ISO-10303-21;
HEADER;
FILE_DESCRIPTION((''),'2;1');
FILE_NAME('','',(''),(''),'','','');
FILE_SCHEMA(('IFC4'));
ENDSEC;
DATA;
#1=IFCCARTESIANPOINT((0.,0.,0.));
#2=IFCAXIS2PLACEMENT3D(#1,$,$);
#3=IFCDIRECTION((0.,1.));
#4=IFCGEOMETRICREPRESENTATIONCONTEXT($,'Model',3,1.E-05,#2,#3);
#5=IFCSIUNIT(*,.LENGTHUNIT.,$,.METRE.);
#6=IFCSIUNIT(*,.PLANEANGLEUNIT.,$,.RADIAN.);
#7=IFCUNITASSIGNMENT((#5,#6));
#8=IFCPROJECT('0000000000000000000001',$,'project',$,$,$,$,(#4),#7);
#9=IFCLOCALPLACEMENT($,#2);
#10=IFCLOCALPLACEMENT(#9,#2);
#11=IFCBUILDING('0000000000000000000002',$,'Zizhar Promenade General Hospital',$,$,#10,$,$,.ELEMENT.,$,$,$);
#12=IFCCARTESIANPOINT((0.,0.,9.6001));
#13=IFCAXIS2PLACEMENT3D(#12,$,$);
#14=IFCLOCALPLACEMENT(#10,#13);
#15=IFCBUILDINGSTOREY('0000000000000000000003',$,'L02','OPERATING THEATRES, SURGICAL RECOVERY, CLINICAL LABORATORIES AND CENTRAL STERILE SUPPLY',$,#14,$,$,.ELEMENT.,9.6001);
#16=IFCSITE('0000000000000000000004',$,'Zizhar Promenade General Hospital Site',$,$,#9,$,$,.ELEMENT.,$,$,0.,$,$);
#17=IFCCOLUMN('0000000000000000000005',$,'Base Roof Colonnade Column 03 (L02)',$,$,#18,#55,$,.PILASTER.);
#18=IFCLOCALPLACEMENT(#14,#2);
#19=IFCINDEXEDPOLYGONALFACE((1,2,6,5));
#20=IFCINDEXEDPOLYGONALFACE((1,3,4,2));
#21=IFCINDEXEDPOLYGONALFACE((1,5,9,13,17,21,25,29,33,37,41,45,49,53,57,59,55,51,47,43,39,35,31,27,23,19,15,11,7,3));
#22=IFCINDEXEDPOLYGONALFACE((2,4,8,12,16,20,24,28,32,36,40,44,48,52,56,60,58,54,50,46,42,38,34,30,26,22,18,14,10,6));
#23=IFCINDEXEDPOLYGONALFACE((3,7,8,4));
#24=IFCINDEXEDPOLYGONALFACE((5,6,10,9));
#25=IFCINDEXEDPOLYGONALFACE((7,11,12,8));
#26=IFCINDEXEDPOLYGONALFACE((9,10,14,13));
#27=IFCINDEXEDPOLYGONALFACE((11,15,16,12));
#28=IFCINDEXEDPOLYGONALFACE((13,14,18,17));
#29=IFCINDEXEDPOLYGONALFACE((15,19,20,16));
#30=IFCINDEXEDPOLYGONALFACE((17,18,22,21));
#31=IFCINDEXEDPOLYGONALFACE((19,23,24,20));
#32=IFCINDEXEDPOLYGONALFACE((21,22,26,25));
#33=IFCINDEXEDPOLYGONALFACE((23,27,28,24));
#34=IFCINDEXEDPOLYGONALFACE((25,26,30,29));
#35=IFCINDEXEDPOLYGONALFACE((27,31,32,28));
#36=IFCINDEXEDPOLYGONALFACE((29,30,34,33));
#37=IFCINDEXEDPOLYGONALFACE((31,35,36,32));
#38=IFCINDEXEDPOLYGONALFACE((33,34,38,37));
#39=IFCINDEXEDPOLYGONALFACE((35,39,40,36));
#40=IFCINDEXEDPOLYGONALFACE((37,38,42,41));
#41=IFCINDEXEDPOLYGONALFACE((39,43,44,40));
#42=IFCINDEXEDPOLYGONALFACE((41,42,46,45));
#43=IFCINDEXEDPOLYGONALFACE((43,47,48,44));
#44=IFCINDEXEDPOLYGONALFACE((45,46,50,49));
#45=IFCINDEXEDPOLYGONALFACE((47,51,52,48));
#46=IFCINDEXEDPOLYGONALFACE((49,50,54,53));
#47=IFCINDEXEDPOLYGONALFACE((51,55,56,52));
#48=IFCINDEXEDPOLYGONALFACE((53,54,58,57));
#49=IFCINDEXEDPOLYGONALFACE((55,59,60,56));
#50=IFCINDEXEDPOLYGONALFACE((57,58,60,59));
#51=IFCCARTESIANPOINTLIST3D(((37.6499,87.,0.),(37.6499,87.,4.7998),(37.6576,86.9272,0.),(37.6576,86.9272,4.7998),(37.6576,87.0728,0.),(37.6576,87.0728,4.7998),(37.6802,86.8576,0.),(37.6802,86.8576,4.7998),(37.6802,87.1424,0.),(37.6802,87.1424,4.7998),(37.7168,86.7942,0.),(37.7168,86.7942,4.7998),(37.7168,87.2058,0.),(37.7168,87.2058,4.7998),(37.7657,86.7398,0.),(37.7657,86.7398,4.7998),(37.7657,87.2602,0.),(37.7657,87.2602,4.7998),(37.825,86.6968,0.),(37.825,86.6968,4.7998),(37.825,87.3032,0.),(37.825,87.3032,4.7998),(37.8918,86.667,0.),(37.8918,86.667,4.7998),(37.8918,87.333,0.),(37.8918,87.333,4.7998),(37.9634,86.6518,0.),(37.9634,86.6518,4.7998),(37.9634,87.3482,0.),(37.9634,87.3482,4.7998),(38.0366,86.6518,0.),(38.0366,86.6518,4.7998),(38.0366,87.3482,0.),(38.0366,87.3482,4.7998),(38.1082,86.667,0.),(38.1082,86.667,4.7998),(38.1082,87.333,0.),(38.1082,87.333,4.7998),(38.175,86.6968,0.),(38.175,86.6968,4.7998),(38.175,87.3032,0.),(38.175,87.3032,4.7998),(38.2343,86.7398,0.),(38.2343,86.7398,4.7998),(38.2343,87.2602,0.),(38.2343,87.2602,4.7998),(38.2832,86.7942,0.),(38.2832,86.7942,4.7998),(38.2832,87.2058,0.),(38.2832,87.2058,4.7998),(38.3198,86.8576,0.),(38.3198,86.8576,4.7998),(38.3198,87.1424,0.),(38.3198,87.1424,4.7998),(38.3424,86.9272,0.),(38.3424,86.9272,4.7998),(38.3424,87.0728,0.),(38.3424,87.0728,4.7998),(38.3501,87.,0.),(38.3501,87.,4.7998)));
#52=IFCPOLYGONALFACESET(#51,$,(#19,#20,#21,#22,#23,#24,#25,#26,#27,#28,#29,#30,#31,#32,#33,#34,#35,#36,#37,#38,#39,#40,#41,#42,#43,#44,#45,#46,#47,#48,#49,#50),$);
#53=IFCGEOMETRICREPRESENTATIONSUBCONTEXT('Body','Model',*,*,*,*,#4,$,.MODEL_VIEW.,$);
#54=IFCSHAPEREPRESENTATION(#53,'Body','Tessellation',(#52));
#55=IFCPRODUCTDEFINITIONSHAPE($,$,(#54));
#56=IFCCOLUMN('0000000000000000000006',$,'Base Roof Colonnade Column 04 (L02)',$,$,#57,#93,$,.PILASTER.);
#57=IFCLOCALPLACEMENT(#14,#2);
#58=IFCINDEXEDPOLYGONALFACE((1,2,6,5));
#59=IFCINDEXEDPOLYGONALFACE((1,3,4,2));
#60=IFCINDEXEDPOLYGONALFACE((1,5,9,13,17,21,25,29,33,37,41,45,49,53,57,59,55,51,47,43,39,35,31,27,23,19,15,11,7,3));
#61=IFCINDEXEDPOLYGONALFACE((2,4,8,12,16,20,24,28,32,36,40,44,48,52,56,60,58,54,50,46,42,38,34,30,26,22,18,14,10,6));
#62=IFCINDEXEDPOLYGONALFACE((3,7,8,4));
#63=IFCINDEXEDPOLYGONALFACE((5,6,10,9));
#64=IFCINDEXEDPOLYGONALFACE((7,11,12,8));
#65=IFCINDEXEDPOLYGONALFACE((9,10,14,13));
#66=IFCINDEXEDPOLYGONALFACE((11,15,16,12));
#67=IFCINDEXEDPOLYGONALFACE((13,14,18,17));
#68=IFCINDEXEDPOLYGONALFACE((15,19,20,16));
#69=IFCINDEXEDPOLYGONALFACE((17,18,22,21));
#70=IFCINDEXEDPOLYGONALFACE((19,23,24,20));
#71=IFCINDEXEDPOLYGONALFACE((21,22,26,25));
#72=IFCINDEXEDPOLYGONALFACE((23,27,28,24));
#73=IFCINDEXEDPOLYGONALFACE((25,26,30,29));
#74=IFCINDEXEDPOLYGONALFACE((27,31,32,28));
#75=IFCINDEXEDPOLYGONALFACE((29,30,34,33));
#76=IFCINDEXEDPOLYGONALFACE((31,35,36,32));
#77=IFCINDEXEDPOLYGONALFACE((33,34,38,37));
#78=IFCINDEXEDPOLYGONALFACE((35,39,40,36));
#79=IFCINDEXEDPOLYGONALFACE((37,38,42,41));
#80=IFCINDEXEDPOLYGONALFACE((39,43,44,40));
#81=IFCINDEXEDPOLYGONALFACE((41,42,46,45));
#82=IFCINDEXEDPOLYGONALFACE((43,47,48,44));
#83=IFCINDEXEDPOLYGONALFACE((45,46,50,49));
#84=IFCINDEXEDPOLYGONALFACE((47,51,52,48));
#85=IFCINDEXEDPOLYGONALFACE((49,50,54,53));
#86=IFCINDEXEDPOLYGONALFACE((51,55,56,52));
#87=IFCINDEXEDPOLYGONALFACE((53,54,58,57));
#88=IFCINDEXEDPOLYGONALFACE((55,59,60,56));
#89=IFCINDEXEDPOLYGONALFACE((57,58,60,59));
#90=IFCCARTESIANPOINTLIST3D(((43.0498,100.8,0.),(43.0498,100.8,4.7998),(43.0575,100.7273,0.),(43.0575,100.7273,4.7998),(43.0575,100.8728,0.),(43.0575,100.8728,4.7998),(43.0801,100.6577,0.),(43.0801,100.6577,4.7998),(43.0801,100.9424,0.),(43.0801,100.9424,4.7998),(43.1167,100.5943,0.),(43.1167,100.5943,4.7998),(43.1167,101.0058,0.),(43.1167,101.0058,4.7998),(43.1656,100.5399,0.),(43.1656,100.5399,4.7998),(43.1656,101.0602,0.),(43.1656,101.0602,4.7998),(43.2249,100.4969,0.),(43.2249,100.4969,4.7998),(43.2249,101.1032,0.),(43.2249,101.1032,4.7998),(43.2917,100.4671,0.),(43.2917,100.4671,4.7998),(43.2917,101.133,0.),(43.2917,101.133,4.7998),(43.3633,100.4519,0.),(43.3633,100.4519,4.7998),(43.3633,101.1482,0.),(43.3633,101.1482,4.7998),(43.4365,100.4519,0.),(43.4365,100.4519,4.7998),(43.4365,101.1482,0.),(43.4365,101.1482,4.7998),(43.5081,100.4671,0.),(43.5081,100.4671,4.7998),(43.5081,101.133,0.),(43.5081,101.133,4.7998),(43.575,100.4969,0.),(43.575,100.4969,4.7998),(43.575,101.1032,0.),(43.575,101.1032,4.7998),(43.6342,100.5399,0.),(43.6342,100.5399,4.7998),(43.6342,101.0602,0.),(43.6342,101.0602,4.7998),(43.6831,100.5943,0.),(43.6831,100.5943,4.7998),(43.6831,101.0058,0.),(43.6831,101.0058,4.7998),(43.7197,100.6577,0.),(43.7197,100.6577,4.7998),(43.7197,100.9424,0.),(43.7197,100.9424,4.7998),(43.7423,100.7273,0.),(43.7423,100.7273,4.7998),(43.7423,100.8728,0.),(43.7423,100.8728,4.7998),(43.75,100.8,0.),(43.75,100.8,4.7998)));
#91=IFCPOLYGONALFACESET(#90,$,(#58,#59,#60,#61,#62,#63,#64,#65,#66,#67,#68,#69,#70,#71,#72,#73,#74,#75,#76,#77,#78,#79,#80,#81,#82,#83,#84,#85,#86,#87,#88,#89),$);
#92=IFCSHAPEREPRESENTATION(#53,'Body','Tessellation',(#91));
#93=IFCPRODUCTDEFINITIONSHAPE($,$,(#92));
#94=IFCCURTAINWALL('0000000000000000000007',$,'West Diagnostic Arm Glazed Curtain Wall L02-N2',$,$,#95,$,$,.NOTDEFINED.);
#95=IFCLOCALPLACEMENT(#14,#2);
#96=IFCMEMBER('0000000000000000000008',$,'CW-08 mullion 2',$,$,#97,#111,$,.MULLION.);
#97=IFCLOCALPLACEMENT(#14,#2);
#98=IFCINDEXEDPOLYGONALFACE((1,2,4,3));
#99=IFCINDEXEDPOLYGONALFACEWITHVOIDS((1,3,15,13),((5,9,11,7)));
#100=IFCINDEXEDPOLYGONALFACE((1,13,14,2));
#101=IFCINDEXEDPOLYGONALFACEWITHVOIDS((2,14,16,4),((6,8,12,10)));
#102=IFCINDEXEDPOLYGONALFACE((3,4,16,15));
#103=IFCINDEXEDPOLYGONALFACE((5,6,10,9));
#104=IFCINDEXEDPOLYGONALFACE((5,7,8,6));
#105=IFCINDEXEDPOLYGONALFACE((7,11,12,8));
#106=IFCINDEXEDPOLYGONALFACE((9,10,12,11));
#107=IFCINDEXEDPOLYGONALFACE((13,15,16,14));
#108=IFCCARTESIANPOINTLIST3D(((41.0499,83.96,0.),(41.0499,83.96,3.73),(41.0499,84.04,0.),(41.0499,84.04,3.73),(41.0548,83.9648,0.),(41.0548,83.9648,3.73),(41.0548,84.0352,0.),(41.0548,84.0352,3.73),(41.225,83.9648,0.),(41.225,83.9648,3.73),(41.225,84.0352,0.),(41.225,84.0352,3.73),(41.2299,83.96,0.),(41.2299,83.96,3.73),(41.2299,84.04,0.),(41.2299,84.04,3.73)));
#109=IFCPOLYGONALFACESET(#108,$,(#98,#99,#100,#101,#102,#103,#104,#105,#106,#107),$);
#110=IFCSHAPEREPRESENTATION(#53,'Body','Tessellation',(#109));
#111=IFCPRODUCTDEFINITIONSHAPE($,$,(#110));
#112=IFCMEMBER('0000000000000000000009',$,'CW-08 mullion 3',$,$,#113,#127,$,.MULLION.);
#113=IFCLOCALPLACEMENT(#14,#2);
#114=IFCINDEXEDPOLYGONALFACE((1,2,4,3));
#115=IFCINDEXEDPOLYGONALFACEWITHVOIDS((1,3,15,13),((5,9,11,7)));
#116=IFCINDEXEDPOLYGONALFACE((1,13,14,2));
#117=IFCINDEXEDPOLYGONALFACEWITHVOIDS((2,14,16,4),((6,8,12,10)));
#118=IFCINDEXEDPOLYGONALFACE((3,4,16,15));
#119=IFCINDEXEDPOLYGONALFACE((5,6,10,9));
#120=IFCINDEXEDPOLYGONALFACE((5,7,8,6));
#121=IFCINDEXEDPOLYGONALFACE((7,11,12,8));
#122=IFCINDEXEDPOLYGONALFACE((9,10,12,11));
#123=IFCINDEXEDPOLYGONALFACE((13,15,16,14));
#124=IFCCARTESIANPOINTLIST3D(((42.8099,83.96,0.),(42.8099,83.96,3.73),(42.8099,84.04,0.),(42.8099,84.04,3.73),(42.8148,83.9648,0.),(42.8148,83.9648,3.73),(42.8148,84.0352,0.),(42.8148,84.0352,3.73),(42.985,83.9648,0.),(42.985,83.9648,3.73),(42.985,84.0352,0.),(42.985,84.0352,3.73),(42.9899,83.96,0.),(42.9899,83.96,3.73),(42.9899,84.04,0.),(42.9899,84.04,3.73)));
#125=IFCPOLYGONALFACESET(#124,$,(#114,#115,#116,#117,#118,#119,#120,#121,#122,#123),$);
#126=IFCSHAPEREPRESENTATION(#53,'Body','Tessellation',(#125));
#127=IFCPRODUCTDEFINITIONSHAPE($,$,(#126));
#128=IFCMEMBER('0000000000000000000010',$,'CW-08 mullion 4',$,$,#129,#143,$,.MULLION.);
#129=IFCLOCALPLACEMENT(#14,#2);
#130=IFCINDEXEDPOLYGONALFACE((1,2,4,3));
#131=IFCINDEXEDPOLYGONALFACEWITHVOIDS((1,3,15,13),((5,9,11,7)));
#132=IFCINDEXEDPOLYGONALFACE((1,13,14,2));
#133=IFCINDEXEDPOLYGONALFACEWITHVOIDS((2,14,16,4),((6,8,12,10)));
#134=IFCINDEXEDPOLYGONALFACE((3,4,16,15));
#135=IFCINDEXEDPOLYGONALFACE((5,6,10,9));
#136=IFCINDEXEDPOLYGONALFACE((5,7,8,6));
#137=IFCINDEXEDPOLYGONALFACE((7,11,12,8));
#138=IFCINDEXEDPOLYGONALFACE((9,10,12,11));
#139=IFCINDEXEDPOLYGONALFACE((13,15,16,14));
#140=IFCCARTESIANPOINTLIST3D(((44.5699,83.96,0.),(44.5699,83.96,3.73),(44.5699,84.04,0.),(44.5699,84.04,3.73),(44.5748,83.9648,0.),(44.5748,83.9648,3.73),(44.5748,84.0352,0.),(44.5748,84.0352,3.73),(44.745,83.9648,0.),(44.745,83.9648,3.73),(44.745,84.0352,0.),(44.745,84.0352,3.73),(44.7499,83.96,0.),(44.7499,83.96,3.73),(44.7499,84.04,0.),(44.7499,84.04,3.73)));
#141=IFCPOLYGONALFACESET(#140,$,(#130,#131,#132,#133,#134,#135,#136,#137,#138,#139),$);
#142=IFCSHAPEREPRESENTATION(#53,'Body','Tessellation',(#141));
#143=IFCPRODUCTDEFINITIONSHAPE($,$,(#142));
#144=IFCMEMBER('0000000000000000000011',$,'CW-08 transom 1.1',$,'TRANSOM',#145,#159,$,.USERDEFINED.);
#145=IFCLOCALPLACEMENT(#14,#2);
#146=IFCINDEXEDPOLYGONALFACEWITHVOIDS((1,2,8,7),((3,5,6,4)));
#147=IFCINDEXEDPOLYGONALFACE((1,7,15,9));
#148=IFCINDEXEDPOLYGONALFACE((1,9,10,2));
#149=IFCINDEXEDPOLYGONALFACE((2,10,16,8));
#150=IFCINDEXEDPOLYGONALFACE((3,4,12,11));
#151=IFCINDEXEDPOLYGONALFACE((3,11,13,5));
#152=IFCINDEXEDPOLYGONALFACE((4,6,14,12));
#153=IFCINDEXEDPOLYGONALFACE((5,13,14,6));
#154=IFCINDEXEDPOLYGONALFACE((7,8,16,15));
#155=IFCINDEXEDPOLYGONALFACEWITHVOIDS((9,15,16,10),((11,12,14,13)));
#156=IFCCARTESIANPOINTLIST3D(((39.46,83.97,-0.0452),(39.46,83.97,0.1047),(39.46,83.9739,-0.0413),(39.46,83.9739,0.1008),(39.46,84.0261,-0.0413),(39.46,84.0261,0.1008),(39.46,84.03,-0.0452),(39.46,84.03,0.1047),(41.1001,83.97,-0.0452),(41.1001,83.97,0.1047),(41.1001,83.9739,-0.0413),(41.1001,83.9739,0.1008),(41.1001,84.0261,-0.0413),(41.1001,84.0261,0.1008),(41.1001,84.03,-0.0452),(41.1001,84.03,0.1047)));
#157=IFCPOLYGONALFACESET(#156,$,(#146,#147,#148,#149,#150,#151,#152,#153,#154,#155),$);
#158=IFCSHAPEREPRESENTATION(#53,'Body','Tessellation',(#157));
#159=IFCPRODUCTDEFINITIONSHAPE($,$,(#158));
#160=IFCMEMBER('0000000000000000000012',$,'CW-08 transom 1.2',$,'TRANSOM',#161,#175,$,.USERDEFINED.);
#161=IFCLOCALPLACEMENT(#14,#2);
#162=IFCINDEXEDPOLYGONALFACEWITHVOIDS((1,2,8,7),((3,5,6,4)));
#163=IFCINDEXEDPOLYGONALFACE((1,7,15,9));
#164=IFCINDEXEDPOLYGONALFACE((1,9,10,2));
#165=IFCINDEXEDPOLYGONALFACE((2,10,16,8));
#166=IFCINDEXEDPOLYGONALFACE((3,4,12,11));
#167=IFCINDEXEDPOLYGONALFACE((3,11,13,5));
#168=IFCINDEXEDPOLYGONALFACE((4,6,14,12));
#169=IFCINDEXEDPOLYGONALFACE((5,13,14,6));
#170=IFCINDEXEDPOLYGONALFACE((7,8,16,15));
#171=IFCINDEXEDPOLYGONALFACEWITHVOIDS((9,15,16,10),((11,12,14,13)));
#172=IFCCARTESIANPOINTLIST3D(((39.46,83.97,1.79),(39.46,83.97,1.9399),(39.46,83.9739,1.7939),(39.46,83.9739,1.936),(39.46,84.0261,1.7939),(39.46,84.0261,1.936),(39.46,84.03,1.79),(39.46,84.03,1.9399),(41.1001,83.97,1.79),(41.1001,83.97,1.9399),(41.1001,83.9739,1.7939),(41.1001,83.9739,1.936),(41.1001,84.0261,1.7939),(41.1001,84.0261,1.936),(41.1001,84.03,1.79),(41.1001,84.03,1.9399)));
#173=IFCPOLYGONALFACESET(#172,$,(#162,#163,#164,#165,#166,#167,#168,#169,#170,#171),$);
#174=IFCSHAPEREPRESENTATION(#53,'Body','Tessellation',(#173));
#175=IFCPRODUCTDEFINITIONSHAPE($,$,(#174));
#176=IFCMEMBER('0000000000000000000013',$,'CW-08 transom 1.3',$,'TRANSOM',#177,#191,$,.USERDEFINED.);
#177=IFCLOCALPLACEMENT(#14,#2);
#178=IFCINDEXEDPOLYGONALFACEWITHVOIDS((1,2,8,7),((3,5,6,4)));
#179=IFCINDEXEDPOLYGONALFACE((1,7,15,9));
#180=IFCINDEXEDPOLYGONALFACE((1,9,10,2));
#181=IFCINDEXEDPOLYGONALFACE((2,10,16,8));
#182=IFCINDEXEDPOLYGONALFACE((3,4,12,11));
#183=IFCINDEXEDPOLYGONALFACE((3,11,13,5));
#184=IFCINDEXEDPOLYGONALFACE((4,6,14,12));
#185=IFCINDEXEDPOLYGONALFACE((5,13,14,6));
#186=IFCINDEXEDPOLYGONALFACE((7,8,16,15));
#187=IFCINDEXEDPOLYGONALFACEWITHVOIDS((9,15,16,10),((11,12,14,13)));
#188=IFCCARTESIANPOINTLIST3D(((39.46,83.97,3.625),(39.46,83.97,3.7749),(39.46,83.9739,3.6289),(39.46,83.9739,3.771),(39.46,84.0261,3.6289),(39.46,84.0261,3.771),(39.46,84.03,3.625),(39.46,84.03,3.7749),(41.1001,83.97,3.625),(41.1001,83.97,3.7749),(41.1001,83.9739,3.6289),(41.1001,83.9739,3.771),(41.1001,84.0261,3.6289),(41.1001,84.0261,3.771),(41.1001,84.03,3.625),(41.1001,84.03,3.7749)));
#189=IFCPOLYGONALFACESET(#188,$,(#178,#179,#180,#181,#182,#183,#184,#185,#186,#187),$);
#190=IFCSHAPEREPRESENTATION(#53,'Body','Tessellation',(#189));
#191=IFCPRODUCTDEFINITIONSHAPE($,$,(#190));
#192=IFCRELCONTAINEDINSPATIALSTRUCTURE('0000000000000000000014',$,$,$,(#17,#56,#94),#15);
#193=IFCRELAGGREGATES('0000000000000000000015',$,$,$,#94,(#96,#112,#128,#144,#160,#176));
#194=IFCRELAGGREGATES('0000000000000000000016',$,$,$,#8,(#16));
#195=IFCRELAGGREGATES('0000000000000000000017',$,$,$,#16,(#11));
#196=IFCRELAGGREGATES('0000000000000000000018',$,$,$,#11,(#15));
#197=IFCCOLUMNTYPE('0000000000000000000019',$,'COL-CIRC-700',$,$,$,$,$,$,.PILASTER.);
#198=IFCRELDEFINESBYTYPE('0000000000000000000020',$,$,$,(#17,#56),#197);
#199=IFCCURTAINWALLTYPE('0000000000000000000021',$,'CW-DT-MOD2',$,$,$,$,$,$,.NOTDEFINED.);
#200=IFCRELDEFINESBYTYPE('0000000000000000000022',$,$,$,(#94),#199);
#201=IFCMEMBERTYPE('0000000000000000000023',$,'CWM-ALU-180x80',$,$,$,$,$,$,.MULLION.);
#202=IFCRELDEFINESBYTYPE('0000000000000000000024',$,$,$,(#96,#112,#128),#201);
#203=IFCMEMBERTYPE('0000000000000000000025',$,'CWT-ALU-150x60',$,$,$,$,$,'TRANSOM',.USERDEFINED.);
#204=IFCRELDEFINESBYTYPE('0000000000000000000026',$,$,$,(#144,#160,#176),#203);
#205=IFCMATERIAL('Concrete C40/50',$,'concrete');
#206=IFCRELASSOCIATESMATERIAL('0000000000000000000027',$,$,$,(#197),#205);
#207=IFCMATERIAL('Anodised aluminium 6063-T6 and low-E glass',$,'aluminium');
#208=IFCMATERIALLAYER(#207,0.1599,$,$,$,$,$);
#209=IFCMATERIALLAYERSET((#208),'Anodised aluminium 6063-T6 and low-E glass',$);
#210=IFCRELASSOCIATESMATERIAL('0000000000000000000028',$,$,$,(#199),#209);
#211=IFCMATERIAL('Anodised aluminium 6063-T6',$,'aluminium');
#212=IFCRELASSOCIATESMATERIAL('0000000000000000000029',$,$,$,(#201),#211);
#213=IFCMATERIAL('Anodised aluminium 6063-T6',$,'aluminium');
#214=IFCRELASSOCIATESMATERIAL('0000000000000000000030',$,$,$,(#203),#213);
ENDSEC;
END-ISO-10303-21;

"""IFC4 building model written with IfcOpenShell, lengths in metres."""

from ifc_helpers import new_model, si_unit, direction, frame, origin, origin_2d, place, context, subcontext, project, spatial, hollow_rectangle, circle, extrude, material, layer, layer_set, material_profile, profile_set, type_object, element, aggregate, save


model = new_model("IFC4")

# Units and contexts
model_context = context("Model", 3, precision=1e-05, world=origin(), true_north=direction((0.0, 1.0)))
body_context = subcontext(model_context, "Body", "Model", "MODEL_VIEW")
ifc_project = project(units=[si_unit("LENGTHUNIT", "METRE"), si_unit("PLANEANGLEUNIT", "RADIAN")], contexts=[model_context])

# Site, building, storey
site_placement = place(None, origin())
site = spatial("IfcSite", under=ifc_project, at=site_placement, Name="Zizhar Promenade General Hospital Site", CompositionType="ELEMENT", RefElevation=0.0)
building_placement = place(site_placement, origin())
building = spatial("IfcBuilding", under=site, at=building_placement, Name="Zizhar Promenade General Hospital", CompositionType="ELEMENT")
storey_placement = place(building_placement, frame((0.0, 0.0, 9.6001)))
storey = spatial("IfcBuildingStorey", under=building, at=storey_placement, Name="L02", Description="OPERATING THEATRES, SURGICAL RECOVERY, CLINICAL LABORATORIES AND CENTRAL STERILE SUPPLY", CompositionType="ELEMENT", Elevation=9.6001)

# Columns
ifc_material_1 = material(Name="Concrete C40/50", Category="concrete")
ifc_material_profile_1 = material_profile(ifc_material_1, circle(Radius=0.3501, at=origin_2d()))
ifc_profile_set_1 = profile_set([ifc_material_profile_1], Name="Concrete C40/50")
column_type = type_object("IfcColumnType", Name="COL-CIRC-700", PredefinedType="PILASTER", material=ifc_profile_set_1)
for number, where, z_axis, x_axis, name in (
    (1, (38.0, 87.0, 0.0), (0.0, 0.0, 1.0), (1.0, 0.0, 0.0), "Base Roof Colonnade Column 03 (L02)"),
    (2, (43.3999, 100.8, 0.0), (0.0, 0.0, 1.0), (1.0, 0.0, 0.0), "Base Roof Colonnade Column 04 (L02)"),
):
    element("IfcColumn", number, at=place(storey_placement, frame(where, z_axis=z_axis, x_axis=x_axis)), inside=storey, type_object=column_type, Name=name, PredefinedType="PILASTER", context=body_context, shape_type="SweptSolid", body=[
        extrude(circle(Radius=0.3501, at=origin_2d()), origin(), (0.0, 0.0, 1.0), 4.7998),
    ])

# Curtain wall, members
ifc_material_2 = material(Name="Anodised aluminium 6063-T6 and low-E glass", Category="aluminium")
ifc_layer_1 = layer(ifc_material_2, 0.1599)
ifc_layer_set_1 = layer_set([ifc_layer_1], Name="Anodised aluminium 6063-T6 and low-E glass")
curtain_wall_type = type_object("IfcCurtainWallType", Name="CW-DT-MOD2", PredefinedType="NOTDEFINED", material=ifc_layer_set_1)
curtain_wall_placement = place(storey_placement, origin())
curtain_wall = element("IfcCurtainWall", 3, at=curtain_wall_placement, inside=storey, type_object=curtain_wall_type, Name="West Diagnostic Arm Glazed Curtain Wall L02-N2", PredefinedType="NOTDEFINED")
ifc_material_3 = material(Name="Anodised aluminium 6063-T6", Category="aluminium")
ifc_material_profile_2 = material_profile(ifc_material_3, hollow_rectangle(XDim=0.0801, YDim=0.1799, WallThickness=0.0049, at=origin_2d()))
ifc_profile_set_2 = profile_set([ifc_material_profile_2], Name="Anodised aluminium 6063-T6")
member_type_1 = type_object("IfcMemberType", Name="CWM-ALU-180x80", PredefinedType="MULLION", material=ifc_profile_set_2)
member_1_placement = place(storey_placement, frame((41.1399, 84.0, 0.0), z_axis=(0.0, 0.0, 1.0), x_axis=(0.0, 1.0, 0.0)))
member_1 = element("IfcMember", 4, at=member_1_placement, type_object=member_type_1, Name="CW-08 mullion 2", PredefinedType="MULLION", context=body_context, shape_type="SweptSolid", body=[
    extrude(hollow_rectangle(XDim=0.0801, YDim=0.1799, WallThickness=0.0049, at=origin_2d()), origin(), (0.0, 0.0, 1.0), 3.73),
])
member_2_placement = place(storey_placement, frame((42.8999, 84.0, 0.0), z_axis=(0.0, 0.0, 1.0), x_axis=(0.0, 1.0, 0.0)))
member_2 = element("IfcMember", 5, at=member_2_placement, type_object=member_type_1, Name="CW-08 mullion 3", PredefinedType="MULLION", context=body_context, shape_type="SweptSolid", body=[
    extrude(hollow_rectangle(XDim=0.0801, YDim=0.1799, WallThickness=0.0049, at=origin_2d()), origin(), (0.0, 0.0, 1.0), 3.73),
])
member_3_placement = place(storey_placement, frame((44.6599, 84.0, 0.0), z_axis=(0.0, 0.0, 1.0), x_axis=(0.0, 1.0, 0.0)))
member_3 = element("IfcMember", 6, at=member_3_placement, type_object=member_type_1, Name="CW-08 mullion 4", PredefinedType="MULLION", context=body_context, shape_type="SweptSolid", body=[
    extrude(hollow_rectangle(XDim=0.0801, YDim=0.1799, WallThickness=0.0049, at=origin_2d()), origin(), (0.0, 0.0, 1.0), 3.73),
])
ifc_material_4 = material(Name="Anodised aluminium 6063-T6", Category="aluminium")
ifc_material_profile_3 = material_profile(ifc_material_4, hollow_rectangle(XDim=0.0601, YDim=0.1499, WallThickness=0.0039, at=origin_2d()))
ifc_profile_set_3 = profile_set([ifc_material_profile_3], Name="Anodised aluminium 6063-T6")
member_type_2 = type_object("IfcMemberType", Name="CWT-ALU-150x60", ElementType="TRANSOM", PredefinedType="USERDEFINED", material=ifc_profile_set_3)
member_4_placement = place(storey_placement, frame((39.46, 84.0, 0.0298), z_axis=(1.0, 0.0, 0.0), x_axis=(0.0, 1.0, 0.0)))
member_4 = element("IfcMember", 7, at=member_4_placement, type_object=member_type_2, Name="CW-08 transom 1.1", ObjectType="TRANSOM", PredefinedType="USERDEFINED", context=body_context, shape_type="SweptSolid", body=[
    extrude(hollow_rectangle(XDim=0.0601, YDim=0.1499, WallThickness=0.0039, at=origin_2d()), origin(), (0.0, 0.0, 1.0), 1.6401),
])
member_5_placement = place(storey_placement, frame((39.46, 84.0, 1.865), z_axis=(1.0, 0.0, 0.0), x_axis=(0.0, 1.0, 0.0)))
member_5 = element("IfcMember", 8, at=member_5_placement, type_object=member_type_2, Name="CW-08 transom 1.2", ObjectType="TRANSOM", PredefinedType="USERDEFINED", context=body_context, shape_type="SweptSolid", body=[
    extrude(hollow_rectangle(XDim=0.0601, YDim=0.1499, WallThickness=0.0039, at=origin_2d()), origin(), (0.0, 0.0, 1.0), 1.6401),
])
member_6_placement = place(storey_placement, frame((39.46, 84.0, 3.7), z_axis=(1.0, 0.0, 0.0), x_axis=(0.0, 1.0, 0.0)))
member_6 = element("IfcMember", 9, at=member_6_placement, type_object=member_type_2, Name="CW-08 transom 1.3", ObjectType="TRANSOM", PredefinedType="USERDEFINED", context=body_context, shape_type="SweptSolid", body=[
    extrude(hollow_rectangle(XDim=0.0601, YDim=0.1499, WallThickness=0.0039, at=origin_2d()), origin(), (0.0, 0.0, 1.0), 1.6401),
])
aggregate(curtain_wall, [member_1, member_2, member_3, member_4, member_5, member_6])

save(model, "model.ifc")
